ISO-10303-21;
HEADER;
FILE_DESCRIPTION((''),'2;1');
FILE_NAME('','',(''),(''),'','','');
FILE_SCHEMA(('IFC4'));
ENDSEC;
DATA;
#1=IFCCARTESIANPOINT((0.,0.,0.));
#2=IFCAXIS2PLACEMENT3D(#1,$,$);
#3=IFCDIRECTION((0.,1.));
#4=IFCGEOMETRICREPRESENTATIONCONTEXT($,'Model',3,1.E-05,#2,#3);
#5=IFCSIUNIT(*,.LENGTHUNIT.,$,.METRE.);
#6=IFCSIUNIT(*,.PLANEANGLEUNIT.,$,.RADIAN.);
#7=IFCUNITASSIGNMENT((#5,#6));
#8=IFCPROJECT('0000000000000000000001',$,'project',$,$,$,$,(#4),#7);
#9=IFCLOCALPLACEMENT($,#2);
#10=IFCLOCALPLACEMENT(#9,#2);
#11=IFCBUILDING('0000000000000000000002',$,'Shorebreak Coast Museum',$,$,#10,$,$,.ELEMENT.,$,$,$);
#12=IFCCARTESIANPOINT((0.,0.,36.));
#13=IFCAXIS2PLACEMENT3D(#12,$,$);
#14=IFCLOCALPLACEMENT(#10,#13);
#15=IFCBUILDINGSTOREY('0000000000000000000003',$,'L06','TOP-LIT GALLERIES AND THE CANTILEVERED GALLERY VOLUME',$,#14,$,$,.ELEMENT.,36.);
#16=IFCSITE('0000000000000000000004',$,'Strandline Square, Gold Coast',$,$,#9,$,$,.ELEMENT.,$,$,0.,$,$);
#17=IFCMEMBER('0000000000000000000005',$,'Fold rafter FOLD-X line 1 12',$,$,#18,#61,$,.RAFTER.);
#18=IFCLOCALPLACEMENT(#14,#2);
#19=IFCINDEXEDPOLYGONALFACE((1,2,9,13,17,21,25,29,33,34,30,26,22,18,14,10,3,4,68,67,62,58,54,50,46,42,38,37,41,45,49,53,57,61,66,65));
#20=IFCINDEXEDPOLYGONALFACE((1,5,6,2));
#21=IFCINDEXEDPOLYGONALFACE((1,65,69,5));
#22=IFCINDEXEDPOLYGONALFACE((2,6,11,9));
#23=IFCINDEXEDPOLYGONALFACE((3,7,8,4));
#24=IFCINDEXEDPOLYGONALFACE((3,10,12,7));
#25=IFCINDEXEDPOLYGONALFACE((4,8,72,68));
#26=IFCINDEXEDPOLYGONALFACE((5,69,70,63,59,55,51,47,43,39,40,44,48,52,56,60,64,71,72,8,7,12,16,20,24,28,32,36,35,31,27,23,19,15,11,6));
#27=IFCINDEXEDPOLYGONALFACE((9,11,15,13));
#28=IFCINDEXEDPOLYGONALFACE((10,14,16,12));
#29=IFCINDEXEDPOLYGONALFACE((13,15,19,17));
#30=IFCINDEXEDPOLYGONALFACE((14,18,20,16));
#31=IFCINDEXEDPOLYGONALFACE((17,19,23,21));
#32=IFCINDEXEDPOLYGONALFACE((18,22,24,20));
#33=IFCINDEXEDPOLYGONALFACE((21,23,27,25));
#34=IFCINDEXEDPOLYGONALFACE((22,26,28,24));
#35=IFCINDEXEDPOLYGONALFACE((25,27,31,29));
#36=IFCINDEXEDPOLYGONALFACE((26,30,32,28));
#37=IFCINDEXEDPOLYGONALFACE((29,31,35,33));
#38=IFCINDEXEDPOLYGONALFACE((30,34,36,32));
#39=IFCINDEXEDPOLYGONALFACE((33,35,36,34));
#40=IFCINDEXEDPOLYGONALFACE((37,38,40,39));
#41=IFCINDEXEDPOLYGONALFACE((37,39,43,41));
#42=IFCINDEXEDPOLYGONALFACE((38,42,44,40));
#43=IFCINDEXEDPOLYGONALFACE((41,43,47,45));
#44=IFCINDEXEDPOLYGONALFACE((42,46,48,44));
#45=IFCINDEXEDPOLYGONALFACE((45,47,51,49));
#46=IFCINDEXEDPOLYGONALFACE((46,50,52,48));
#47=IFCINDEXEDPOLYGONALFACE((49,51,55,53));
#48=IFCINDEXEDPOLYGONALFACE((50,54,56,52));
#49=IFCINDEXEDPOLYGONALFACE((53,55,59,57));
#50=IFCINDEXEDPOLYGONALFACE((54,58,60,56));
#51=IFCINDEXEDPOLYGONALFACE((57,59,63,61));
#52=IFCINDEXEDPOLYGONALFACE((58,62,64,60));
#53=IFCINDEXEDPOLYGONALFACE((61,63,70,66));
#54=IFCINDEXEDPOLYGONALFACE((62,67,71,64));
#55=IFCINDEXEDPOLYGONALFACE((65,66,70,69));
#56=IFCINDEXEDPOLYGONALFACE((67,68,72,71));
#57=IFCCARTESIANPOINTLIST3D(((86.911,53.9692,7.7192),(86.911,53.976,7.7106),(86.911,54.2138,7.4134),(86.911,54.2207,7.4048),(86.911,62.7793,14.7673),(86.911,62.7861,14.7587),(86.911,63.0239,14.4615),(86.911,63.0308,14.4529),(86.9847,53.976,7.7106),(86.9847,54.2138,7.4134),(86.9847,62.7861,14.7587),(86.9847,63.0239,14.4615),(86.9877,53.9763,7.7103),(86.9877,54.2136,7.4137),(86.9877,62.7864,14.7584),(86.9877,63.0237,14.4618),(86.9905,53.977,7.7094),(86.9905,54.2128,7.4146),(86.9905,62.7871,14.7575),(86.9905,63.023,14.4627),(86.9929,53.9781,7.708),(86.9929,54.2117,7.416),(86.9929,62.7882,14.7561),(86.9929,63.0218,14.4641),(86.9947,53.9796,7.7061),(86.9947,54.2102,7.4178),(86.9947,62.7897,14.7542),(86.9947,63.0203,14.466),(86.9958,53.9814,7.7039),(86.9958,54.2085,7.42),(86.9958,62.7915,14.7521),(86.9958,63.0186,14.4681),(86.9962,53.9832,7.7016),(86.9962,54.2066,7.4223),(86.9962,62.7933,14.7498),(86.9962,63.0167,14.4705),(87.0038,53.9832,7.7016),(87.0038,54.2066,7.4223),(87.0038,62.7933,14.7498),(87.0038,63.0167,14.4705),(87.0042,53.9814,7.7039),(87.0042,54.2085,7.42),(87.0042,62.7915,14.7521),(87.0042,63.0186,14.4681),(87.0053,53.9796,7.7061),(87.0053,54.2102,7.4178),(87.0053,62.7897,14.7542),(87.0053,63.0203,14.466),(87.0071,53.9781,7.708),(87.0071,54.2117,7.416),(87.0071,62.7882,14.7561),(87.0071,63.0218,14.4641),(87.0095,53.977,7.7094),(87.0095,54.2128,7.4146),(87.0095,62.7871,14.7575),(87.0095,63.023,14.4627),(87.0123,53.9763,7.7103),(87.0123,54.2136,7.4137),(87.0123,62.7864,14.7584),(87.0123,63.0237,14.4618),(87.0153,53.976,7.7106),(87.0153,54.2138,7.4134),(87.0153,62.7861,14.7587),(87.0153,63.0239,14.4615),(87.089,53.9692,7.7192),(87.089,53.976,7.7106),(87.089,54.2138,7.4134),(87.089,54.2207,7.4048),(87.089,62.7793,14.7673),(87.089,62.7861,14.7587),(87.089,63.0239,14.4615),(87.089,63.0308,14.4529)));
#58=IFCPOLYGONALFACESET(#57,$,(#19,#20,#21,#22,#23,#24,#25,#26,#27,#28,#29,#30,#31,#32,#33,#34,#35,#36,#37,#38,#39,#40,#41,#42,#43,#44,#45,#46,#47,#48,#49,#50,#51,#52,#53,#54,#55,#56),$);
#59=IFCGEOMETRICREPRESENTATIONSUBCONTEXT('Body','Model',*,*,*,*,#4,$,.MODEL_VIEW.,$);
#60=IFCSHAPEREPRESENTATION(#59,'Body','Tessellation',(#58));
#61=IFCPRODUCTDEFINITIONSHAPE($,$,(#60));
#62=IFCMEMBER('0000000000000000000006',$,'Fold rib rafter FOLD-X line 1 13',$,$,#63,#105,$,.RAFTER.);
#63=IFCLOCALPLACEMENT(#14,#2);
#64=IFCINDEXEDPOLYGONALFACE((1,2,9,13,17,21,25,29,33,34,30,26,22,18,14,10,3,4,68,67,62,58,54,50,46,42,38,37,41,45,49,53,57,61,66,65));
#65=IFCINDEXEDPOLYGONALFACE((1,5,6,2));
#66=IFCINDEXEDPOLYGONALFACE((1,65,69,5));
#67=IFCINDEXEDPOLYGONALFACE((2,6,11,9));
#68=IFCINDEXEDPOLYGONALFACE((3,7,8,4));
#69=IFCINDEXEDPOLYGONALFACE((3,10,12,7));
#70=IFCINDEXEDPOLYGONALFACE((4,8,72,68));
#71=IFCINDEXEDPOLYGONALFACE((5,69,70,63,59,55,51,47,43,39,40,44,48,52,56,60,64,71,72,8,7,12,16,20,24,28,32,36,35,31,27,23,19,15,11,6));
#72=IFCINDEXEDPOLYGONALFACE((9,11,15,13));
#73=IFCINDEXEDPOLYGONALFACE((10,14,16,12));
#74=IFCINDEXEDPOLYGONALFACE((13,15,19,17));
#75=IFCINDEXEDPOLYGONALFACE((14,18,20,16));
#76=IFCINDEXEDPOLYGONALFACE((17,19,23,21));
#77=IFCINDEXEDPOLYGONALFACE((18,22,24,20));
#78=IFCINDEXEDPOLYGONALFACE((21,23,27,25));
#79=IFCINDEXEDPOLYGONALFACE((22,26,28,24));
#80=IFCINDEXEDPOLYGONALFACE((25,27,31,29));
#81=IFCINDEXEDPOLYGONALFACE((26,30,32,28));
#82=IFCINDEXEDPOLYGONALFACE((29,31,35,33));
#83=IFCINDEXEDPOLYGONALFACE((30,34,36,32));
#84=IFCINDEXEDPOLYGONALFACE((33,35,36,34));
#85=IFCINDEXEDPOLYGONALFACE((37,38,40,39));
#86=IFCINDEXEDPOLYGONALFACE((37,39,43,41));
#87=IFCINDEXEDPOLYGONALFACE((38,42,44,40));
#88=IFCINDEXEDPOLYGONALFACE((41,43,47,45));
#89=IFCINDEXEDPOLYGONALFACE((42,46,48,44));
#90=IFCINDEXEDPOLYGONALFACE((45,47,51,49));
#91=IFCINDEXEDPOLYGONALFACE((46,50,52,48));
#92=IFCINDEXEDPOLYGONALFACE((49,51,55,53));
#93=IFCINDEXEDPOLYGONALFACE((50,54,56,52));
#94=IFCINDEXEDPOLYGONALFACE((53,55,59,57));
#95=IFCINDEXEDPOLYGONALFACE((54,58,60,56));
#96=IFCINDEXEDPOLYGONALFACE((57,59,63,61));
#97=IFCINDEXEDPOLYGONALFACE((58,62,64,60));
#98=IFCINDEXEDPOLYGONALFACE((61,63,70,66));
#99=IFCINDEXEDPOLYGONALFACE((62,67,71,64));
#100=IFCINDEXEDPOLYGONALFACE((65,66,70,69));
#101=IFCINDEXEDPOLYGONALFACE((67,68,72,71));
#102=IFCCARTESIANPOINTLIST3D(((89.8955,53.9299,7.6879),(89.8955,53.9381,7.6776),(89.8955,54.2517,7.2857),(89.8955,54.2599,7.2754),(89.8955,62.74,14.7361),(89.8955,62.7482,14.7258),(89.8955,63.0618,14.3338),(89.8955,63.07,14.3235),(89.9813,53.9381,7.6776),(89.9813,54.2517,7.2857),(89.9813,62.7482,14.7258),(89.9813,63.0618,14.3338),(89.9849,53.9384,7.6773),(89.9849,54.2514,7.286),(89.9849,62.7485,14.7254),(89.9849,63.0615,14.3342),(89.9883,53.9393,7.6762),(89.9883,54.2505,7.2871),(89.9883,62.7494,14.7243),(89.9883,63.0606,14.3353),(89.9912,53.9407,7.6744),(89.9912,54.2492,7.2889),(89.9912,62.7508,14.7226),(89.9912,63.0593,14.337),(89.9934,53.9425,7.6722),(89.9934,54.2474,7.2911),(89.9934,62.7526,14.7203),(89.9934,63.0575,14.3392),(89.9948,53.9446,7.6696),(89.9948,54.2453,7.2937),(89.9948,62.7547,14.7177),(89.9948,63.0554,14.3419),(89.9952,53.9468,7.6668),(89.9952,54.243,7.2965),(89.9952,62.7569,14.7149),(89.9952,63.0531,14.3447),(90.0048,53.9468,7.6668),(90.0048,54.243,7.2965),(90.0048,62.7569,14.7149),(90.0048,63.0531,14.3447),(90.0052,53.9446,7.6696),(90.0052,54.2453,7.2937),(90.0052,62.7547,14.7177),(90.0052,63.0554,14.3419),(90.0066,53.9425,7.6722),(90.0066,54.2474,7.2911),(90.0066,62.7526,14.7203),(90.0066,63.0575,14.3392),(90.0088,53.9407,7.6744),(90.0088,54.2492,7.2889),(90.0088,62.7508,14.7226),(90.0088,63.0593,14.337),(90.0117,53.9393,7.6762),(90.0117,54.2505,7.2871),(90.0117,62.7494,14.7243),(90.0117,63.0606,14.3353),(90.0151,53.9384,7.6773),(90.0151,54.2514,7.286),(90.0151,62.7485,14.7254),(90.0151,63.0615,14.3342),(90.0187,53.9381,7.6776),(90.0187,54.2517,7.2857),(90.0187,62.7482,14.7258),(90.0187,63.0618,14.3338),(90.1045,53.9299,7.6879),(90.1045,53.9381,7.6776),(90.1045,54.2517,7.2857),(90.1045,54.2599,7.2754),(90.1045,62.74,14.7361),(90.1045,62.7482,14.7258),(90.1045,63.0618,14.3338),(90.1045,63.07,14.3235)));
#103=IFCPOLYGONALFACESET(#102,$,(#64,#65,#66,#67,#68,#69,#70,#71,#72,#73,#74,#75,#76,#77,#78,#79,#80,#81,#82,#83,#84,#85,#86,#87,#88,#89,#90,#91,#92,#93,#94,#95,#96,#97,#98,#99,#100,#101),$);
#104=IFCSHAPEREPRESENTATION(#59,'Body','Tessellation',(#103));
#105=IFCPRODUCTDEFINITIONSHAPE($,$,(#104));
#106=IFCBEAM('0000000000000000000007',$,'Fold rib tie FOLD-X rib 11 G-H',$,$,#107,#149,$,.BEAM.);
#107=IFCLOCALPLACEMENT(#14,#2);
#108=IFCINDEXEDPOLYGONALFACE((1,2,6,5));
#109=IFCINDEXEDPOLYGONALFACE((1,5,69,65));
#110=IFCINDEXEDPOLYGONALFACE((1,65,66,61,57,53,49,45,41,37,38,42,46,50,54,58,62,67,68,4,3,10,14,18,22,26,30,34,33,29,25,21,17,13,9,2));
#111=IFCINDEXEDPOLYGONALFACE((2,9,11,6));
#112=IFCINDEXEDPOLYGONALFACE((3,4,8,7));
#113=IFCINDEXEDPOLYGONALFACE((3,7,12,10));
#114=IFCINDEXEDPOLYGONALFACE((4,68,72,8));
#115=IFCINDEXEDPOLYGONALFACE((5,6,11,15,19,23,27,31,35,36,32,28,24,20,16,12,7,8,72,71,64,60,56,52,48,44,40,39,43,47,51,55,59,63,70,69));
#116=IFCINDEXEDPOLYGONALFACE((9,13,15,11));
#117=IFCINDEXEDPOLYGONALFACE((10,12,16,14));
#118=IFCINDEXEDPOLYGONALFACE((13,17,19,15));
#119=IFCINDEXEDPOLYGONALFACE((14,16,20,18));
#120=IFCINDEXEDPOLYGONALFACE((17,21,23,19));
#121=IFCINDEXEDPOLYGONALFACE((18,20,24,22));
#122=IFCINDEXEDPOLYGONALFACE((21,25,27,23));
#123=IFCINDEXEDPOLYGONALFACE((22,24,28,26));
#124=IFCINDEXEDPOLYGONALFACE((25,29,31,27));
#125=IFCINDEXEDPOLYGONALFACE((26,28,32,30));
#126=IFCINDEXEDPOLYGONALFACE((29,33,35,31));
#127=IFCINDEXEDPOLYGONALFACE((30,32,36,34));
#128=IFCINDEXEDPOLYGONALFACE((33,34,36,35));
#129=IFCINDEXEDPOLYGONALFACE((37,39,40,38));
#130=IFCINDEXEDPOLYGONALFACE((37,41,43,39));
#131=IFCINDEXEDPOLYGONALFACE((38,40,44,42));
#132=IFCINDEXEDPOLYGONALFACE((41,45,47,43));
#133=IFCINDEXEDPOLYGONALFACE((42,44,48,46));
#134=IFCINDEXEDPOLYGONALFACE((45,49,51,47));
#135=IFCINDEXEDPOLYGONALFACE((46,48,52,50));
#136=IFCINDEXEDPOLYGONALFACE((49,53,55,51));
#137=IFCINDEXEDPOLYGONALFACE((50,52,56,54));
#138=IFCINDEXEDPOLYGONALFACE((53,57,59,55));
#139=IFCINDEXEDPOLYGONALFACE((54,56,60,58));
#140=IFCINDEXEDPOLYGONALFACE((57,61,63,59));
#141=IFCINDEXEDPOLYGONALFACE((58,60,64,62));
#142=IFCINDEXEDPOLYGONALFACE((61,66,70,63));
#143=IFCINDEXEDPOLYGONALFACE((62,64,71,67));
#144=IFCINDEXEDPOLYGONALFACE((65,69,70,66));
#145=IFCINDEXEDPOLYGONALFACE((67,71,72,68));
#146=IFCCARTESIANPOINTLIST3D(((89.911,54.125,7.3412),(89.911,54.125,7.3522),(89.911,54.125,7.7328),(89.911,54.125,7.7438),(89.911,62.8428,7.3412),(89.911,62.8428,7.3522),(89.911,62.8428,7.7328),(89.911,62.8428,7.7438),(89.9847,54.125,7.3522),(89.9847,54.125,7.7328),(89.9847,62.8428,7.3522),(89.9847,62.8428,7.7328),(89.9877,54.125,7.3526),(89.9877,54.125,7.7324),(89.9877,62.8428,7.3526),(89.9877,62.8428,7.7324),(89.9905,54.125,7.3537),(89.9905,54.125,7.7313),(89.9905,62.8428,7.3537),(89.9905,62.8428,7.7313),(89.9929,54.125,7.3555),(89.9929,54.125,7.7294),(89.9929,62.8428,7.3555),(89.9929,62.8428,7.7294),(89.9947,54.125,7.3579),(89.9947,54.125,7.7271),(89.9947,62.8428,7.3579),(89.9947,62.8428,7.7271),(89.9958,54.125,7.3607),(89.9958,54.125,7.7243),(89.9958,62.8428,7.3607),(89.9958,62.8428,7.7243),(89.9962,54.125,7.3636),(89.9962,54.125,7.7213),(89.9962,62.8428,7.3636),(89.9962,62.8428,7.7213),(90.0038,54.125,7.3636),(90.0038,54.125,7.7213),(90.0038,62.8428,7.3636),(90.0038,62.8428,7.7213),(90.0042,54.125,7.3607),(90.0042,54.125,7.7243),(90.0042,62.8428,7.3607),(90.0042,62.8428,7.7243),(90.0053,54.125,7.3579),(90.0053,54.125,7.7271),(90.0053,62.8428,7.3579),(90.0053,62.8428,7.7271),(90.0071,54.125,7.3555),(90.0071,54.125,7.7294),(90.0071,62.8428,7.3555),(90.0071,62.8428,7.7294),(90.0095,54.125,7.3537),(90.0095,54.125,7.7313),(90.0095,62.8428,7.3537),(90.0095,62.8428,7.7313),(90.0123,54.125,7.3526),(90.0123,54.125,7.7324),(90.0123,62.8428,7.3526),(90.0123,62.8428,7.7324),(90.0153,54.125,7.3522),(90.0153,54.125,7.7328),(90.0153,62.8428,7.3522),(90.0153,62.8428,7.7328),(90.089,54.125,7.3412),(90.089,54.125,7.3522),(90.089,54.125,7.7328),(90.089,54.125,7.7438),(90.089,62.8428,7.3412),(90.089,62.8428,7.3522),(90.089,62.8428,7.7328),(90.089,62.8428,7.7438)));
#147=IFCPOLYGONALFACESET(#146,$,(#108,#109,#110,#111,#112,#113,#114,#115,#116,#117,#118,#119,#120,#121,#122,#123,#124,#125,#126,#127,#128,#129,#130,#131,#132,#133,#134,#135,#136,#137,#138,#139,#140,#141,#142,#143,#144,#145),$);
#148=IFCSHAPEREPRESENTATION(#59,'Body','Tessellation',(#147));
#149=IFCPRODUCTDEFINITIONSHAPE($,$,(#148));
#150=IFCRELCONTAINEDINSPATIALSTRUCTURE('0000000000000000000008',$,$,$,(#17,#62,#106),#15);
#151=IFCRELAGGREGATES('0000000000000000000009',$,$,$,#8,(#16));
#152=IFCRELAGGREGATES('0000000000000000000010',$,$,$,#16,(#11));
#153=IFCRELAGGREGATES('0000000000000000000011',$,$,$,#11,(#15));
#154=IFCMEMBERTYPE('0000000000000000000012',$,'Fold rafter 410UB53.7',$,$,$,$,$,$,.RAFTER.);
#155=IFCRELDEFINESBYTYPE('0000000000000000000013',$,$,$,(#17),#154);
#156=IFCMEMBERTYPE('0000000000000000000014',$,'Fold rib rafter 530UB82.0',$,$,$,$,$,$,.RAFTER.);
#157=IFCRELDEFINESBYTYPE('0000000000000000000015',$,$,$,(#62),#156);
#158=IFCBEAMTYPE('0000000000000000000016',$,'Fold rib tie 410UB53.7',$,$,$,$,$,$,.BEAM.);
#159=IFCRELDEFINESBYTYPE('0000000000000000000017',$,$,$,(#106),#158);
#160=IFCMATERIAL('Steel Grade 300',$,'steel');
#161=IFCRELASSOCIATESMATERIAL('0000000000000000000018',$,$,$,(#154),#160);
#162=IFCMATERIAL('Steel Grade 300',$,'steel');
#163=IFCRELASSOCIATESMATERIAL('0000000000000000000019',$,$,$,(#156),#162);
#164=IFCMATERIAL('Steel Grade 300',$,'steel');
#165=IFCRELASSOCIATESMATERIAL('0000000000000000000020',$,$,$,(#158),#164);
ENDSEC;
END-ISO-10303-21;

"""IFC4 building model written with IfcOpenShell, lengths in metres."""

from ifc_helpers import new_model, si_unit, direction, frame, origin, origin_2d, place, context, subcontext, project, spatial, i_section, extrude, material, material_profile, profile_set, type_object, element, save


model = new_model("IFC4")

# Units and contexts
model_context = context("Model", 3, precision=1e-05, world=origin(), true_north=direction((0.0, 1.0)))
body_context = subcontext(model_context, "Body", "Model", "MODEL_VIEW")
ifc_project = project(units=[si_unit("LENGTHUNIT", "METRE"), si_unit("PLANEANGLEUNIT", "RADIAN")], contexts=[model_context])

# Site, building, storey
site_placement = place(None, origin())
site = spatial("IfcSite", under=ifc_project, at=site_placement, Name="Strandline Square, Gold Coast", CompositionType="ELEMENT", RefElevation=0.0)
building_placement = place(site_placement, origin())
building = spatial("IfcBuilding", under=site, at=building_placement, Name="Shorebreak Coast Museum", CompositionType="ELEMENT")
storey_placement = place(building_placement, frame((0.0, 0.0, 36.0)))
storey = spatial("IfcBuildingStorey", under=building, at=storey_placement, Name="L06", Description="TOP-LIT GALLERIES AND THE CANTILEVERED GALLERY VOLUME", CompositionType="ELEMENT", Elevation=36.0)

# Members
ifc_material_1 = material(Name="Steel Grade 300", Category="steel")
ifc_material_profile_1 = material_profile(ifc_material_1, i_section(OverallWidth=0.178, OverallDepth=0.4026, WebThickness=0.0076, FlangeThickness=0.011, FilletRadius=0.0115, at=origin_2d()), Name="410UB53.7")
ifc_profile_set_1 = profile_set([ifc_material_profile_1], Name="Steel Grade 300")
member_type_1 = type_object("IfcMemberType", Name="Fold rafter 410UB53.7", PredefinedType="RAFTER", material=ifc_profile_set_1)
member_1_placement = place(storey_placement, frame((87.0, 62.905, 14.6101), z_axis=(0.0, -0.780867, -0.624698), x_axis=(1.0, 0.0, 0.0)))
element("IfcMember", 1, at=member_1_placement, inside=storey, type_object=member_type_1, Name="Fold rafter FOLD-X line 1 12", PredefinedType="RAFTER", context=body_context, shape_type="SweptSolid", body=[
    extrude(i_section(OverallWidth=0.178, OverallDepth=0.4026, WebThickness=0.0076, FlangeThickness=0.011, FilletRadius=0.0115, at=origin_2d()), origin(), (0.0, 0.0, 1.0), 11.2825),
])
ifc_material_2 = material(Name="Steel Grade 300", Category="steel")
ifc_material_profile_2 = material_profile(ifc_material_2, i_section(OverallWidth=0.209, OverallDepth=0.5283, WebThickness=0.0095, FlangeThickness=0.0132, FilletRadius=0.0139, at=origin_2d()), Name="530UB82.0")
ifc_profile_set_2 = profile_set([ifc_material_profile_2], Name="Steel Grade 300")
member_type_2 = type_object("IfcMemberType", Name="Fold rib rafter 530UB82.0", PredefinedType="RAFTER", material=ifc_profile_set_2)
member_2_placement = place(storey_placement, frame((90.0, 62.905, 14.5298), z_axis=(0.0, -0.780867, -0.624698), x_axis=(1.0, 0.0, 0.0)))
element("IfcMember", 2, at=member_2_placement, inside=storey, type_object=member_type_2, Name="Fold rib rafter FOLD-X line 1 13", PredefinedType="RAFTER", context=body_context, shape_type="SweptSolid", body=[
    extrude(i_section(OverallWidth=0.209, OverallDepth=0.5283, WebThickness=0.0095, FlangeThickness=0.0132, FilletRadius=0.0139, at=origin_2d()), origin(), (0.0, 0.0, 1.0), 11.2825),
])

# Beam
ifc_material_3 = material(Name="Steel Grade 300", Category="steel")
ifc_material_profile_3 = material_profile(ifc_material_3, i_section(OverallWidth=0.178, OverallDepth=0.4026, WebThickness=0.0076, FlangeThickness=0.011, FilletRadius=0.0115, at=origin_2d()), Name="410UB53.7")
ifc_profile_set_3 = profile_set([ifc_material_profile_3], Name="Steel Grade 300")
beam_type_1 = type_object("IfcBeamType", Name="Fold rib tie 410UB53.7", PredefinedType="BEAM", material=ifc_profile_set_3)
beam_1_placement = place(storey_placement, frame((90.0, 54.125, 7.5425), z_axis=(0.0, 1.0, 0.0), x_axis=(-1.0, 0.0, 0.0)))
element("IfcBeam", 3, at=beam_1_placement, inside=storey, type_object=beam_type_1, Name="Fold rib tie FOLD-X rib 11 G-H", PredefinedType="BEAM", context=body_context, shape_type="SweptSolid", body=[
    extrude(i_section(OverallWidth=0.178, OverallDepth=0.4026, WebThickness=0.0076, FlangeThickness=0.011, FilletRadius=0.0115, at=origin_2d()), origin(), (0.0, 0.0, 1.0), 8.7178),
])

save(model, "model.ifc")
